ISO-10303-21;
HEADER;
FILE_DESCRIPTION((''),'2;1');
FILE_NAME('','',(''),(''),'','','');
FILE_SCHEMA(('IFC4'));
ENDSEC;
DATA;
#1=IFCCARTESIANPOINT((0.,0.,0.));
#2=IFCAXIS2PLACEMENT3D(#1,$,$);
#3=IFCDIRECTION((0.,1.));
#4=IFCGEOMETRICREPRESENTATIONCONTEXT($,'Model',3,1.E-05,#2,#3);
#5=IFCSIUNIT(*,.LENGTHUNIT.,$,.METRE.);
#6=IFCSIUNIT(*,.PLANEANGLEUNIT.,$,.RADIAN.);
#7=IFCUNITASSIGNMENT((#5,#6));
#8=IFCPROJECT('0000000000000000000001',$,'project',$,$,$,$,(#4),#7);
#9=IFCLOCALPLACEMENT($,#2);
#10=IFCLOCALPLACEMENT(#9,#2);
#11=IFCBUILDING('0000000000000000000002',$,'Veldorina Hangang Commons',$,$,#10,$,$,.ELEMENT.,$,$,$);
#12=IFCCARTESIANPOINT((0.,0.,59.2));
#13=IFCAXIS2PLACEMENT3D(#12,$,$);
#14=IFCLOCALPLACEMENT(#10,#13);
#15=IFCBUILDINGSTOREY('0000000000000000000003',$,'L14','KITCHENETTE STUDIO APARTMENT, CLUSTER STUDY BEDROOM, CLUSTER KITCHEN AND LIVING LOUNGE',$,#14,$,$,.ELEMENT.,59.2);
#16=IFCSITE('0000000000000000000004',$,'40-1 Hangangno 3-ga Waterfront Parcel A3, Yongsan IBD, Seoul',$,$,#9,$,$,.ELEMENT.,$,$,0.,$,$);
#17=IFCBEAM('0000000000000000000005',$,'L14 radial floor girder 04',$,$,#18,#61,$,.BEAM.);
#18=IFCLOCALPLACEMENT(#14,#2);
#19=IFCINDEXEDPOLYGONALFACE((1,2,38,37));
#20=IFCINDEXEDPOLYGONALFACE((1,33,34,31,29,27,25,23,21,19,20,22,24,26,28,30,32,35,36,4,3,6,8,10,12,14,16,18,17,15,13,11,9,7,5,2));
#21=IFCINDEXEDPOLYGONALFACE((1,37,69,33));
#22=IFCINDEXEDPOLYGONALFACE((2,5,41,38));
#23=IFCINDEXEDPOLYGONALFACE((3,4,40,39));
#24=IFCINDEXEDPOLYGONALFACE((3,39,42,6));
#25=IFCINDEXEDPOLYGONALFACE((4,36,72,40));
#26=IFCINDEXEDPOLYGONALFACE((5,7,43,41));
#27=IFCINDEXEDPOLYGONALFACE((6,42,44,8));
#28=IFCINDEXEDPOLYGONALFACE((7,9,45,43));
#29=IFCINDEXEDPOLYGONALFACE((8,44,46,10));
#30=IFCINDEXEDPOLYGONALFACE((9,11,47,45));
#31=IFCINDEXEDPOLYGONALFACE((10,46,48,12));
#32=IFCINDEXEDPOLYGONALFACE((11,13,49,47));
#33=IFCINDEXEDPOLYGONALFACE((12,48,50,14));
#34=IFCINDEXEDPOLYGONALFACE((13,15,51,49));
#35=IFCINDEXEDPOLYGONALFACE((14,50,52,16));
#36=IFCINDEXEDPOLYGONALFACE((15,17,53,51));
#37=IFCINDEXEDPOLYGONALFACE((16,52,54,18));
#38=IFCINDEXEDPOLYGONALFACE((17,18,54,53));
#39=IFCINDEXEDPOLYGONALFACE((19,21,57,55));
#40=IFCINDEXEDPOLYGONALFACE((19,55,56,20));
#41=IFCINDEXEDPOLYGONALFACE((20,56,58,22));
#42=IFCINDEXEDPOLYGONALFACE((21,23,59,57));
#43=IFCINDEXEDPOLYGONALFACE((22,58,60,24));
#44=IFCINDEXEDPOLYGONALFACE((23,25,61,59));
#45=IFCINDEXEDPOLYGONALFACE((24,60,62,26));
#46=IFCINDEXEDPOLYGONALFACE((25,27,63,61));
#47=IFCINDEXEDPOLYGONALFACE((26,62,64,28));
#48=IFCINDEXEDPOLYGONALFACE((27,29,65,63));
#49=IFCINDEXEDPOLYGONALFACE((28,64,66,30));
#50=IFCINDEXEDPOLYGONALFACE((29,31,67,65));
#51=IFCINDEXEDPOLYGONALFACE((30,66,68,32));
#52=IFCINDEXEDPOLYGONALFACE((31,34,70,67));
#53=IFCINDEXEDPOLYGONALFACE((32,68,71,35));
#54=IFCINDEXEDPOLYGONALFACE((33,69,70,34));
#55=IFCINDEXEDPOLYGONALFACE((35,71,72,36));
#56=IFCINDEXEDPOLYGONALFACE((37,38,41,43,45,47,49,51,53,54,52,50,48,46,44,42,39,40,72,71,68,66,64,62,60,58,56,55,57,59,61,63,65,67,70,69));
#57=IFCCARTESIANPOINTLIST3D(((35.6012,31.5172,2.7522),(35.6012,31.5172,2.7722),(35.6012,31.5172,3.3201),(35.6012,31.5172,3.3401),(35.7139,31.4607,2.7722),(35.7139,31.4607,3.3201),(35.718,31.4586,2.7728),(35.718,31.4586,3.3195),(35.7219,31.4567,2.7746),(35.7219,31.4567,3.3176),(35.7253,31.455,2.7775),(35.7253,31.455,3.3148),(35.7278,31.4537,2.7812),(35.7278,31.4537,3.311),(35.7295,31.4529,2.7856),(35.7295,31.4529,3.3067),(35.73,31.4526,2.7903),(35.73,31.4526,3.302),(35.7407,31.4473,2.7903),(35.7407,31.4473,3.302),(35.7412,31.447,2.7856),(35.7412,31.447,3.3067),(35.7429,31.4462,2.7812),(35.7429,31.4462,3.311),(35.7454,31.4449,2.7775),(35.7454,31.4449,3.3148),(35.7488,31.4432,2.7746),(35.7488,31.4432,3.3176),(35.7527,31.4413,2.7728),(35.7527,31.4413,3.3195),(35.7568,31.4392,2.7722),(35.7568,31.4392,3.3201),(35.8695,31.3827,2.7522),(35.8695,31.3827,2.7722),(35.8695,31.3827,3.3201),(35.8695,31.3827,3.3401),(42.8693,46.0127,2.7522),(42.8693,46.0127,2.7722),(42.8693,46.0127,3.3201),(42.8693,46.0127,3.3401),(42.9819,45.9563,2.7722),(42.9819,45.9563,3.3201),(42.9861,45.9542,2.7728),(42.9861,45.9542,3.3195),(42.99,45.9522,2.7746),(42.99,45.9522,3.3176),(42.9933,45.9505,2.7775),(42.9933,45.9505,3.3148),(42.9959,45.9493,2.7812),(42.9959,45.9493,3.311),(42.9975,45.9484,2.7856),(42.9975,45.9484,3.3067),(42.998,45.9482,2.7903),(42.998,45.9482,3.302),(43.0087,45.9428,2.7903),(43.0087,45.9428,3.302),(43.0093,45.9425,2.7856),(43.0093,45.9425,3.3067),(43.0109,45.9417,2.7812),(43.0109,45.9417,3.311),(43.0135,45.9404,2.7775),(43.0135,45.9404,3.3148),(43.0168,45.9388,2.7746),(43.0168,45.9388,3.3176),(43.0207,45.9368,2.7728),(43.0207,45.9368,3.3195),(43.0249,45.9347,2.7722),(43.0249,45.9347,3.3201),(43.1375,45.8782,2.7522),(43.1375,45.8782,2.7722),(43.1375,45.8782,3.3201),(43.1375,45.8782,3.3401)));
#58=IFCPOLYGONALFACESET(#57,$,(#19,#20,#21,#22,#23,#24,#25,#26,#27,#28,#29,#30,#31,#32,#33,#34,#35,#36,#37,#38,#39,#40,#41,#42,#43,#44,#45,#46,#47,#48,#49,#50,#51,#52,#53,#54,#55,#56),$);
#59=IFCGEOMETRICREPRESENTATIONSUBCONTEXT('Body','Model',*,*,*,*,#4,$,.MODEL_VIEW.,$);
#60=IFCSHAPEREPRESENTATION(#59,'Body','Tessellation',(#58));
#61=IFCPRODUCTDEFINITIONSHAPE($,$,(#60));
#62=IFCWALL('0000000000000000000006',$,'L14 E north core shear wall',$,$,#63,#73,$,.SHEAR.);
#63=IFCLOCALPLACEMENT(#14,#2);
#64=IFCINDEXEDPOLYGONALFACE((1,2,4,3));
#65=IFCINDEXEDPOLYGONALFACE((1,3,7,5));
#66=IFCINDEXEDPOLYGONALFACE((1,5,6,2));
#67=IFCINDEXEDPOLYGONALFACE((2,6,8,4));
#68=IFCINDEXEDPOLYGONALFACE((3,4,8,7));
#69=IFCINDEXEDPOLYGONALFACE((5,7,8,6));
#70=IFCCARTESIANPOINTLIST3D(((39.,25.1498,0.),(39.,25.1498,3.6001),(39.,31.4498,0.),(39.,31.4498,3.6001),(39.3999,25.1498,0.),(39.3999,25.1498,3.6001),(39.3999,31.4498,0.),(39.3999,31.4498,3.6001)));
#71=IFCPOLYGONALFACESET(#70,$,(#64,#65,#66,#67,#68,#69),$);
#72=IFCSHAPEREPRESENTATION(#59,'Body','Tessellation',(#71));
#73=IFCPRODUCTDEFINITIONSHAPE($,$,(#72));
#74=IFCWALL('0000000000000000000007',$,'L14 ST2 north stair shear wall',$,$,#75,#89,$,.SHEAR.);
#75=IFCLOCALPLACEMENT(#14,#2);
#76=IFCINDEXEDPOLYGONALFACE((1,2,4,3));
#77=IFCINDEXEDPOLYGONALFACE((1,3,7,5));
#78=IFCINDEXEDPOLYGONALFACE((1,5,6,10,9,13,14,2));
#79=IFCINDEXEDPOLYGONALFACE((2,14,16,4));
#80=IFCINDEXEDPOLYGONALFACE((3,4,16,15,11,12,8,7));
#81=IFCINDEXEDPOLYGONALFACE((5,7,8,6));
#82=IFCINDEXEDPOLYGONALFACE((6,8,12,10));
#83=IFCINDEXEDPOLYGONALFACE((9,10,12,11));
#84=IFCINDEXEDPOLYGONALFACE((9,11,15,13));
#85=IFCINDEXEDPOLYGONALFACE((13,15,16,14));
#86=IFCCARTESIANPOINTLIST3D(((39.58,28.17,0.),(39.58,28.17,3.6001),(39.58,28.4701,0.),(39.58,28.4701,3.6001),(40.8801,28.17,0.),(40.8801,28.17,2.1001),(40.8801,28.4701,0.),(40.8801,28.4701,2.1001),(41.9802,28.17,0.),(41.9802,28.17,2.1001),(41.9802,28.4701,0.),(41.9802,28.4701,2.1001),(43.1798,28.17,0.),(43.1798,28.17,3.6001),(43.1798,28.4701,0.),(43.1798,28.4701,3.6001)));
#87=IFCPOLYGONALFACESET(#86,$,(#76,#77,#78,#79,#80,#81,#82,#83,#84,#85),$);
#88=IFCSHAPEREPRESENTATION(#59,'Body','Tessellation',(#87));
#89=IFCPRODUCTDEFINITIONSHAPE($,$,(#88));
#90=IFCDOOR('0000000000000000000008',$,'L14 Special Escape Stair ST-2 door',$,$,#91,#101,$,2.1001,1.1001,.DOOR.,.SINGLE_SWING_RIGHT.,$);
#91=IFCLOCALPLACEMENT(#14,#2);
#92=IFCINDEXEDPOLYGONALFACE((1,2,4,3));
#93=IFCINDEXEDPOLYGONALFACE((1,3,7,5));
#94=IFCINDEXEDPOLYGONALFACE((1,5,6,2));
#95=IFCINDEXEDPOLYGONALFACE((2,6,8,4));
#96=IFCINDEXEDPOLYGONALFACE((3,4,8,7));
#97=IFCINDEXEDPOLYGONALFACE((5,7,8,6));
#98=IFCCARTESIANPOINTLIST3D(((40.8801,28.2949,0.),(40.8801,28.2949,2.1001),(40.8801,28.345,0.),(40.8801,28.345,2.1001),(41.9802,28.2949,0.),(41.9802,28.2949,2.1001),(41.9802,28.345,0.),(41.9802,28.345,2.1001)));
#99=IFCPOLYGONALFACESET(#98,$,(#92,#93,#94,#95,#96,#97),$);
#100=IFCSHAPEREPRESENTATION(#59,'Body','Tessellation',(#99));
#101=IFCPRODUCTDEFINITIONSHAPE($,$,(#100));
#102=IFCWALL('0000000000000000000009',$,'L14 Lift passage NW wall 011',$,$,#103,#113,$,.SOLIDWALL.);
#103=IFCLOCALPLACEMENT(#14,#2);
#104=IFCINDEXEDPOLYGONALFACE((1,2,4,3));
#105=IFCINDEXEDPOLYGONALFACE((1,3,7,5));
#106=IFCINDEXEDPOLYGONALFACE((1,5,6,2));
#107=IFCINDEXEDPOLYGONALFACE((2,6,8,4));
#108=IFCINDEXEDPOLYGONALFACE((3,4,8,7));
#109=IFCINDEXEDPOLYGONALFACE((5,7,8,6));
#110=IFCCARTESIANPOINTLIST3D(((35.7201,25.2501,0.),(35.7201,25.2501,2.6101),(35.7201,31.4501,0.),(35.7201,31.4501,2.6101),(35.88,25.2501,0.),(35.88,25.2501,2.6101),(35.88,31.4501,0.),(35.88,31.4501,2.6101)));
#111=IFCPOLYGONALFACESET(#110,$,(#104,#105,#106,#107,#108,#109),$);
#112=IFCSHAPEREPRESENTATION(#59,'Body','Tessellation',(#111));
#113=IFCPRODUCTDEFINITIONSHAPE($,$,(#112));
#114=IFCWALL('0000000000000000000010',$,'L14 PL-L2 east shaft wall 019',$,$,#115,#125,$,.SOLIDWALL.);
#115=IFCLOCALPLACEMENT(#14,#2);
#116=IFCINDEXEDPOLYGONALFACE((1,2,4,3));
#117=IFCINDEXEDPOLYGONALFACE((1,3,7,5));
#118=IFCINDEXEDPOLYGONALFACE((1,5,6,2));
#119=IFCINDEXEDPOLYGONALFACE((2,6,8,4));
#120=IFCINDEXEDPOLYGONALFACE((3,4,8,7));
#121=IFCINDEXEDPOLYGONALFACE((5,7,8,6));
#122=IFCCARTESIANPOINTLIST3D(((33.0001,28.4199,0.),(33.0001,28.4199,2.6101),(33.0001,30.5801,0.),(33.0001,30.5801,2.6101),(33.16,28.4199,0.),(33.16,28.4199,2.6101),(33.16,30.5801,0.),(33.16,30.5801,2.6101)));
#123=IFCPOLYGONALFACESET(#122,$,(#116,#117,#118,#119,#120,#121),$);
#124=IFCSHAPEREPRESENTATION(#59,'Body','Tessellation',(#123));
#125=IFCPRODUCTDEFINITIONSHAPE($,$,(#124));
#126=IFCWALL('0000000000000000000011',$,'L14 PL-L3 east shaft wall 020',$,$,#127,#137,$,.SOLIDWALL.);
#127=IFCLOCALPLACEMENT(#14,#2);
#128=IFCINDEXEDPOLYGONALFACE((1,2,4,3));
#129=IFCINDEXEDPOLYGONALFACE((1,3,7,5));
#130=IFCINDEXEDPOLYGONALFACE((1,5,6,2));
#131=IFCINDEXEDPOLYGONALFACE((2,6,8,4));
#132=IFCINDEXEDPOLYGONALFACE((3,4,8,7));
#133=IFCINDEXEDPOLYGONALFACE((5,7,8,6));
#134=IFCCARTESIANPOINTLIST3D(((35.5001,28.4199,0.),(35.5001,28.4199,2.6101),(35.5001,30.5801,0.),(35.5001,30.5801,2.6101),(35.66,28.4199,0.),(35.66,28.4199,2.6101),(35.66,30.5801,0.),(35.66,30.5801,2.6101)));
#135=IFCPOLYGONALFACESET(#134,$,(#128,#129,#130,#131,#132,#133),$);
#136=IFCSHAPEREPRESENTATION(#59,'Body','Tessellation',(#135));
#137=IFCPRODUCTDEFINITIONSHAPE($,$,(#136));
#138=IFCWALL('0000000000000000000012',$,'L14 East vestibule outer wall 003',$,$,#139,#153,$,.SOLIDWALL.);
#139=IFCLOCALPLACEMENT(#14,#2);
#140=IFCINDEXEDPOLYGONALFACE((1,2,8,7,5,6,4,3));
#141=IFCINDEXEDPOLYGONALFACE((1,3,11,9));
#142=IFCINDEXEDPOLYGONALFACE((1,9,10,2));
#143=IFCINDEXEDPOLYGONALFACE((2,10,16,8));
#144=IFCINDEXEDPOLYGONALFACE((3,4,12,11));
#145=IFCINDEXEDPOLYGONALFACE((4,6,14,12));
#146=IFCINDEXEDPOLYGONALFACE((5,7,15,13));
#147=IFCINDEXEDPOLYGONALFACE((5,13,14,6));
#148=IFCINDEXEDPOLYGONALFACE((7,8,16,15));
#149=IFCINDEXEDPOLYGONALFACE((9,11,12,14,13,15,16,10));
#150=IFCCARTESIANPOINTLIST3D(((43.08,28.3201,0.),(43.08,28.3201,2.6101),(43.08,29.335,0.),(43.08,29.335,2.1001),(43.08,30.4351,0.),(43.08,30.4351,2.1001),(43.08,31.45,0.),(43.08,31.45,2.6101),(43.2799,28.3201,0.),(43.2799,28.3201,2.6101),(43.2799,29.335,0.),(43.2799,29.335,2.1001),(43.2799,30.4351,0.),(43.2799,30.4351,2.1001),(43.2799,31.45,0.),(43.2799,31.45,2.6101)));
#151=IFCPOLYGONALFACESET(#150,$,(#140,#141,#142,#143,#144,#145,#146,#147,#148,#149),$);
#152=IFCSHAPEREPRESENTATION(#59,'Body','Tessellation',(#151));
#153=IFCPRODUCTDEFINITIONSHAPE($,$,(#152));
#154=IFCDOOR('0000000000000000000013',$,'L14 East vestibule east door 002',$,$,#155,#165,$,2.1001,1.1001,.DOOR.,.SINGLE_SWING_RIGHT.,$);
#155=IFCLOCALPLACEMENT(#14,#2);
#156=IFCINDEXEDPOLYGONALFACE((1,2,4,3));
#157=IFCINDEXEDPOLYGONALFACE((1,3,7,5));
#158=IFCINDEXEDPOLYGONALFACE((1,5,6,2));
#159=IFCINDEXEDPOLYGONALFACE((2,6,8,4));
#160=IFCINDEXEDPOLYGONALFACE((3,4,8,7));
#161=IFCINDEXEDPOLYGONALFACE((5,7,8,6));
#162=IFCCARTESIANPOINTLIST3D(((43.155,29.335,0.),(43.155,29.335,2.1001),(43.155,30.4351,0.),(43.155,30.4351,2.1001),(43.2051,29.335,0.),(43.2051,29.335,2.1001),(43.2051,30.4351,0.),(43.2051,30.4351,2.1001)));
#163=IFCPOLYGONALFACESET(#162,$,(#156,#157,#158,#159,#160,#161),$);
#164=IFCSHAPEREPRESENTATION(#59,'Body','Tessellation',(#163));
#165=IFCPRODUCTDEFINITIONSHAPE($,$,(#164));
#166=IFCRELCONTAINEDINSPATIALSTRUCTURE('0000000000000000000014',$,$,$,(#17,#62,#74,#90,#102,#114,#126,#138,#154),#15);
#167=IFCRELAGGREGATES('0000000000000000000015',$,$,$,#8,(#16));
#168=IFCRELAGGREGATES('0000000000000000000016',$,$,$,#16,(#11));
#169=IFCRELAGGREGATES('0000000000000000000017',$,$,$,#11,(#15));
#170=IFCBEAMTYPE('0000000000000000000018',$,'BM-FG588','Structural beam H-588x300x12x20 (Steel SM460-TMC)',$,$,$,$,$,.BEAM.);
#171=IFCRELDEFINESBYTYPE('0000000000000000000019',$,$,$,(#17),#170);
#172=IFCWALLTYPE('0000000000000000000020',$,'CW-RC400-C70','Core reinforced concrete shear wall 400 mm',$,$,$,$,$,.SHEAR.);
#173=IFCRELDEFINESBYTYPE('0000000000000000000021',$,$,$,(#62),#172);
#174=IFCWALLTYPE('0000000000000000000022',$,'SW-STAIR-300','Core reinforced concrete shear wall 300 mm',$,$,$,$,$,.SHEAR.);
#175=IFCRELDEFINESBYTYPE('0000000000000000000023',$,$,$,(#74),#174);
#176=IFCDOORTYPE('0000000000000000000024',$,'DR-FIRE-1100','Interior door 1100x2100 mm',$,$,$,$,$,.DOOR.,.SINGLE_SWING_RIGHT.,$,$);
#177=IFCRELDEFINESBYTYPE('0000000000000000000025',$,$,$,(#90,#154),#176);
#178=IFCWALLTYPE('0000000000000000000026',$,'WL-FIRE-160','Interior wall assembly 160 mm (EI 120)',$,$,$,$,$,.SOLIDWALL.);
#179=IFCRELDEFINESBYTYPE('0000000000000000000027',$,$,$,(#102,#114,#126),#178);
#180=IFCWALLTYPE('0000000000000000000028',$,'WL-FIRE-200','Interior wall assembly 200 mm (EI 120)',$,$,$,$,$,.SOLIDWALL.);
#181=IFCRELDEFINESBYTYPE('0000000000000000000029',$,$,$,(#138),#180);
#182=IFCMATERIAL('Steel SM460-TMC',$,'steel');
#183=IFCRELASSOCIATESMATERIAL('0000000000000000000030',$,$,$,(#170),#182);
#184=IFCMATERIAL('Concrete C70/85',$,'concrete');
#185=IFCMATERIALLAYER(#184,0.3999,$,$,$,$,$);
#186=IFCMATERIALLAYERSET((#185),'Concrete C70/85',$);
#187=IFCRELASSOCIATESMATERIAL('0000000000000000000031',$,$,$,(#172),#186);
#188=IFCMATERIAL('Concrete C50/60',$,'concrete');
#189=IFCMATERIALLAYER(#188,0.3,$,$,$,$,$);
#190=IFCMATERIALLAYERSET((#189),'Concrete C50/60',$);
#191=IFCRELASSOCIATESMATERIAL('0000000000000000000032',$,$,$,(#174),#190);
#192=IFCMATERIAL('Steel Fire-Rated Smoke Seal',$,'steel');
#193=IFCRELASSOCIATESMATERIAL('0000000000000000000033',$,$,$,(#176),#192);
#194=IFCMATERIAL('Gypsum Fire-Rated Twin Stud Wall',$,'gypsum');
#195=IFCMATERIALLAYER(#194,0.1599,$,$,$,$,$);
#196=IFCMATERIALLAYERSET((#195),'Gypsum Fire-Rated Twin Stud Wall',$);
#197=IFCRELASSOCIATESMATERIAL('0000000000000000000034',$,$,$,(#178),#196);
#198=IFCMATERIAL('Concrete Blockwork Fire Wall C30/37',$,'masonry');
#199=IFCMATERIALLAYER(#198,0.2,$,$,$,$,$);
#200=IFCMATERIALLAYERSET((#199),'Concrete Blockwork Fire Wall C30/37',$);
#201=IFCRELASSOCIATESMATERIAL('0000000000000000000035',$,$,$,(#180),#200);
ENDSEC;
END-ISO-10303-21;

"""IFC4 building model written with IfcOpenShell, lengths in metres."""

from ifc_helpers import new_model, si_unit, direction, frame, frame_2d, origin, origin_2d, place, context, subcontext, project, spatial, rectangle, i_section, extrude, material, layer, layer_set, material_profile, profile_set, type_object, element, fill, save


model = new_model("IFC4")

# Units and contexts
model_context = context("Model", 3, precision=1e-05, world=origin(), true_north=direction((0.0, 1.0)))
body_context = subcontext(model_context, "Body", "Model", "MODEL_VIEW")
ifc_project = project(units=[si_unit("LENGTHUNIT", "METRE"), si_unit("PLANEANGLEUNIT", "RADIAN")], contexts=[model_context])

# Site, building, storey
site_placement = place(None, origin())
site = spatial("IfcSite", under=ifc_project, at=site_placement, Name="40-1 Hangangno 3-ga Waterfront Parcel A3, Yongsan IBD, Seoul", CompositionType="ELEMENT", RefElevation=0.0)
building_placement = place(site_placement, origin())
building = spatial("IfcBuilding", under=site, at=building_placement, Name="Veldorina Hangang Commons", CompositionType="ELEMENT")
storey_placement = place(building_placement, frame((0.0, 0.0, 59.2)))
storey = spatial("IfcBuildingStorey", under=building, at=storey_placement, Name="L14", Description="KITCHENETTE STUDIO APARTMENT, CLUSTER STUDY BEDROOM, CLUSTER KITCHEN AND LIVING LOUNGE", CompositionType="ELEMENT", Elevation=59.2)

# Beam
ifc_material_1 = material(Name="Concrete C70/85", Category="concrete")
ifc_material_2 = material(Name="Steel SM460-TMC", Category="steel")
ifc_material_profile_1 = material_profile(ifc_material_2, i_section(OverallWidth=0.3, OverallDepth=0.5879, WebThickness=0.012, FlangeThickness=0.02, FilletRadius=0.0181, at=origin_2d()), Name="H-588x300x12x20")
ifc_profile_set_1 = profile_set([ifc_material_profile_1], Name="Steel SM460-TMC")
beam_type_1 = type_object("IfcBeamType", Name="BM-FG588", Description="Structural beam H-588x300x12x20 (Steel SM460-TMC)", PredefinedType="BEAM", material=ifc_profile_set_1)
beam_1_placement = place(storey_placement, frame((35.7354, 31.45, 3.0461), z_axis=(0.448213, 0.893927, 0.0), x_axis=(-0.893927, 0.448213, 0.0)))
element("IfcBeam", 1, at=beam_1_placement, inside=storey, type_object=beam_type_1, Name="L14 radial floor girder 04", PredefinedType="BEAM", context=body_context, shape_type="SweptSolid", body=[
    extrude(i_section(OverallWidth=0.3, OverallDepth=0.5879, WebThickness=0.012, FlangeThickness=0.02, FilletRadius=0.0181, at=origin_2d()), origin(), (0.0, 0.0, 1.0), 16.2156),
])

# Wall
ifc_layer_1 = layer(ifc_material_1, 0.3999)
ifc_layer_set_1 = layer_set([ifc_layer_1], Name="Concrete C70/85")
wall_type_1 = type_object("IfcWallType", Name="CW-RC400-C70", Description="Core reinforced concrete shear wall 400 mm", PredefinedType="SHEAR", material=ifc_layer_set_1)
wall_1_placement = place(storey_placement, frame((39.2, 25.1499, 0.0), z_axis=(0.0, 0.0, 1.0), x_axis=(0.0, 1.0, 0.0)))
element("IfcWall", 2, at=wall_1_placement, inside=storey, type_object=wall_type_1, Name="L14 E north core shear wall", PredefinedType="SHEAR", context=body_context, shape_type="SweptSolid", body=[
    extrude(rectangle(XDim=6.3, YDim=0.3999, at=frame_2d((3.1499, 0.0))), origin(), (0.0, 0.0, 1.0), 3.6001),
])

# Wall, opening, door
ifc_material_3 = material(Name="Concrete C50/60", Category="concrete")
ifc_layer_2 = layer(ifc_material_3, 0.3)
ifc_layer_set_2 = layer_set([ifc_layer_2], Name="Concrete C50/60")
wall_type_2 = type_object("IfcWallType", Name="SW-STAIR-300", Description="Core reinforced concrete shear wall 300 mm", PredefinedType="SHEAR", material=ifc_layer_set_2)
wall_2_placement = place(storey_placement, frame((39.5801, 28.3201, 0.0), z_axis=(0.0, 0.0, 1.0), x_axis=(1.0, 0.0, 0.0)))
wall_2 = element("IfcWall", 3, at=wall_2_placement, inside=storey, type_object=wall_type_2, Name="L14 ST2 north stair shear wall", PredefinedType="SHEAR", context=body_context, shape_type="SweptSolid", body=[
    extrude(rectangle(XDim=3.5999, YDim=0.3, at=frame_2d((1.7998, 0.0))), origin(), (0.0, 0.0, 1.0), 3.6001),
])
opening_1_placement = place(wall_2_placement, frame((1.3, 0.0, 0.0)))
opening_1 = element("IfcOpeningElement", 4, at=opening_1_placement, cuts=wall_2, PredefinedType="OPENING", context=body_context, shape_type="SweptSolid", body=[
    extrude(rectangle(XDim=1.1001, YDim=2.1001, at=frame_2d((0.55, 1.05))), frame((0.0, 0.1602, 0.0), z_axis=(0.0, -1.0, 0.0), x_axis=(1.0, 0.0, 0.0)), (0.0, 0.0, 1.0), 0.3201),
])
ifc_material_4 = material(Name="Steel Fire-Rated Smoke Seal", Category="steel")
door_type_1 = type_object("IfcDoorType", Name="DR-FIRE-1100", Description="Interior door 1100x2100 mm", OperationType="SINGLE_SWING_RIGHT", PredefinedType="DOOR", material=ifc_material_4)
door_1_placement = place(opening_1_placement, origin())
door_1 = element("IfcDoor", 5, at=door_1_placement, inside=storey, type_object=door_type_1, Name="L14 Special Escape Stair ST-2 door", OperationType="SINGLE_SWING_RIGHT", OverallHeight=2.1001, OverallWidth=1.1001, PredefinedType="DOOR", context=body_context, shape_type="SweptSolid", body=[
    extrude(rectangle(XDim=1.1001, YDim=2.1001, at=frame_2d((0.55, 1.05))), frame((0.0, 0.0249, 0.0), z_axis=(0.0, -1.0, 0.0), x_axis=(1.0, 0.0, 0.0)), (0.0, 0.0, 1.0), 0.05),
])
fill(opening_1, door_1)

# Walls
ifc_material_5 = material(Name="Gypsum Fire-Rated Twin Stud Wall", Category="gypsum")
ifc_layer_3 = layer(ifc_material_5, 0.1599)
ifc_layer_set_3 = layer_set([ifc_layer_3], Name="Gypsum Fire-Rated Twin Stud Wall")
wall_type_3 = type_object("IfcWallType", Name="WL-FIRE-160", Description="Interior wall assembly 160 mm (EI 120)", PredefinedType="SOLIDWALL", material=ifc_layer_set_3)
wall_3_placement = place(storey_placement, frame((35.8, 25.25, 0.0), z_axis=(0.0, 0.0, 1.0), x_axis=(0.0, 1.0, 0.0)))
element("IfcWall", 6, at=wall_3_placement, inside=storey, type_object=wall_type_3, Name="L14 Lift passage NW wall 011", PredefinedType="SOLIDWALL", context=body_context, shape_type="SweptSolid", body=[
    extrude(rectangle(XDim=6.2, YDim=0.1599, at=frame_2d((3.1001, 0.0))), origin(), (0.0, 0.0, 1.0), 2.6101),
])
for number, where, z_axis, x_axis, name in (
    (7, (33.0801, 28.4199, 0.0), (0.0, 0.0, 1.0), (0.0, 1.0, 0.0), "L14 PL-L2 east shaft wall 019"),
    (8, (35.5801, 28.4199, 0.0), (0.0, 0.0, 1.0), (0.0, 1.0, 0.0), "L14 PL-L3 east shaft wall 020"),
):
    element("IfcWall", number, at=place(storey_placement, frame(where, z_axis=z_axis, x_axis=x_axis)), inside=storey, type_object=wall_type_3, Name=name, PredefinedType="SOLIDWALL", context=body_context, shape_type="SweptSolid", body=[
        extrude(rectangle(XDim=2.1602, YDim=0.1599, at=frame_2d((1.0801, 0.0))), origin(), (0.0, 0.0, 1.0), 2.6101),
    ])

# Wall, opening, door
ifc_material_6 = material(Name="Concrete Blockwork Fire Wall C30/37", Category="masonry")
ifc_layer_4 = layer(ifc_material_6, 0.2)
ifc_layer_set_4 = layer_set([ifc_layer_4], Name="Concrete Blockwork Fire Wall C30/37")
wall_type_4 = type_object("IfcWallType", Name="WL-FIRE-200", Description="Interior wall assembly 200 mm (EI 120)", PredefinedType="SOLIDWALL", material=ifc_layer_set_4)
wall_4_placement = place(storey_placement, frame((43.1799, 28.3201, 0.0), z_axis=(0.0, 0.0, 1.0), x_axis=(0.0, 1.0, 0.0)))
wall_4 = element("IfcWall", 9, at=wall_4_placement, inside=storey, type_object=wall_type_4, Name="L14 East vestibule outer wall 003", PredefinedType="SOLIDWALL", context=body_context, shape_type="SweptSolid", body=[
    extrude(rectangle(XDim=3.1299, YDim=0.2, at=frame_2d((1.5649, 0.0))), origin(), (0.0, 0.0, 1.0), 2.6101),
])
opening_2_placement = place(wall_4_placement, frame((1.0149, 0.0, 0.0)))
opening_2 = element("IfcOpeningElement", 10, at=opening_2_placement, cuts=wall_4, PredefinedType="OPENING", context=body_context, shape_type="SweptSolid", body=[
    extrude(rectangle(XDim=1.1001, YDim=2.1001, at=frame_2d((0.55, 1.05))), frame((0.0, 0.1099, 0.0), z_axis=(0.0, -1.0, 0.0), x_axis=(1.0, 0.0, 0.0)), (0.0, 0.0, 1.0), 0.22),
])
door_2_placement = place(opening_2_placement, origin())
door_2 = element("IfcDoor", 11, at=door_2_placement, inside=storey, type_object=door_type_1, Name="L14 East vestibule east door 002", OperationType="SINGLE_SWING_RIGHT", OverallHeight=2.1001, OverallWidth=1.1001, PredefinedType="DOOR", context=body_context, shape_type="SweptSolid", body=[
    extrude(rectangle(XDim=1.1001, YDim=2.1001, at=frame_2d((0.55, 1.05))), frame((0.0, 0.0249, 0.0), z_axis=(0.0, -1.0, 0.0), x_axis=(1.0, 0.0, 0.0)), (0.0, 0.0, 1.0), 0.05),
])
fill(opening_2, door_2)

save(model, "model.ifc")
